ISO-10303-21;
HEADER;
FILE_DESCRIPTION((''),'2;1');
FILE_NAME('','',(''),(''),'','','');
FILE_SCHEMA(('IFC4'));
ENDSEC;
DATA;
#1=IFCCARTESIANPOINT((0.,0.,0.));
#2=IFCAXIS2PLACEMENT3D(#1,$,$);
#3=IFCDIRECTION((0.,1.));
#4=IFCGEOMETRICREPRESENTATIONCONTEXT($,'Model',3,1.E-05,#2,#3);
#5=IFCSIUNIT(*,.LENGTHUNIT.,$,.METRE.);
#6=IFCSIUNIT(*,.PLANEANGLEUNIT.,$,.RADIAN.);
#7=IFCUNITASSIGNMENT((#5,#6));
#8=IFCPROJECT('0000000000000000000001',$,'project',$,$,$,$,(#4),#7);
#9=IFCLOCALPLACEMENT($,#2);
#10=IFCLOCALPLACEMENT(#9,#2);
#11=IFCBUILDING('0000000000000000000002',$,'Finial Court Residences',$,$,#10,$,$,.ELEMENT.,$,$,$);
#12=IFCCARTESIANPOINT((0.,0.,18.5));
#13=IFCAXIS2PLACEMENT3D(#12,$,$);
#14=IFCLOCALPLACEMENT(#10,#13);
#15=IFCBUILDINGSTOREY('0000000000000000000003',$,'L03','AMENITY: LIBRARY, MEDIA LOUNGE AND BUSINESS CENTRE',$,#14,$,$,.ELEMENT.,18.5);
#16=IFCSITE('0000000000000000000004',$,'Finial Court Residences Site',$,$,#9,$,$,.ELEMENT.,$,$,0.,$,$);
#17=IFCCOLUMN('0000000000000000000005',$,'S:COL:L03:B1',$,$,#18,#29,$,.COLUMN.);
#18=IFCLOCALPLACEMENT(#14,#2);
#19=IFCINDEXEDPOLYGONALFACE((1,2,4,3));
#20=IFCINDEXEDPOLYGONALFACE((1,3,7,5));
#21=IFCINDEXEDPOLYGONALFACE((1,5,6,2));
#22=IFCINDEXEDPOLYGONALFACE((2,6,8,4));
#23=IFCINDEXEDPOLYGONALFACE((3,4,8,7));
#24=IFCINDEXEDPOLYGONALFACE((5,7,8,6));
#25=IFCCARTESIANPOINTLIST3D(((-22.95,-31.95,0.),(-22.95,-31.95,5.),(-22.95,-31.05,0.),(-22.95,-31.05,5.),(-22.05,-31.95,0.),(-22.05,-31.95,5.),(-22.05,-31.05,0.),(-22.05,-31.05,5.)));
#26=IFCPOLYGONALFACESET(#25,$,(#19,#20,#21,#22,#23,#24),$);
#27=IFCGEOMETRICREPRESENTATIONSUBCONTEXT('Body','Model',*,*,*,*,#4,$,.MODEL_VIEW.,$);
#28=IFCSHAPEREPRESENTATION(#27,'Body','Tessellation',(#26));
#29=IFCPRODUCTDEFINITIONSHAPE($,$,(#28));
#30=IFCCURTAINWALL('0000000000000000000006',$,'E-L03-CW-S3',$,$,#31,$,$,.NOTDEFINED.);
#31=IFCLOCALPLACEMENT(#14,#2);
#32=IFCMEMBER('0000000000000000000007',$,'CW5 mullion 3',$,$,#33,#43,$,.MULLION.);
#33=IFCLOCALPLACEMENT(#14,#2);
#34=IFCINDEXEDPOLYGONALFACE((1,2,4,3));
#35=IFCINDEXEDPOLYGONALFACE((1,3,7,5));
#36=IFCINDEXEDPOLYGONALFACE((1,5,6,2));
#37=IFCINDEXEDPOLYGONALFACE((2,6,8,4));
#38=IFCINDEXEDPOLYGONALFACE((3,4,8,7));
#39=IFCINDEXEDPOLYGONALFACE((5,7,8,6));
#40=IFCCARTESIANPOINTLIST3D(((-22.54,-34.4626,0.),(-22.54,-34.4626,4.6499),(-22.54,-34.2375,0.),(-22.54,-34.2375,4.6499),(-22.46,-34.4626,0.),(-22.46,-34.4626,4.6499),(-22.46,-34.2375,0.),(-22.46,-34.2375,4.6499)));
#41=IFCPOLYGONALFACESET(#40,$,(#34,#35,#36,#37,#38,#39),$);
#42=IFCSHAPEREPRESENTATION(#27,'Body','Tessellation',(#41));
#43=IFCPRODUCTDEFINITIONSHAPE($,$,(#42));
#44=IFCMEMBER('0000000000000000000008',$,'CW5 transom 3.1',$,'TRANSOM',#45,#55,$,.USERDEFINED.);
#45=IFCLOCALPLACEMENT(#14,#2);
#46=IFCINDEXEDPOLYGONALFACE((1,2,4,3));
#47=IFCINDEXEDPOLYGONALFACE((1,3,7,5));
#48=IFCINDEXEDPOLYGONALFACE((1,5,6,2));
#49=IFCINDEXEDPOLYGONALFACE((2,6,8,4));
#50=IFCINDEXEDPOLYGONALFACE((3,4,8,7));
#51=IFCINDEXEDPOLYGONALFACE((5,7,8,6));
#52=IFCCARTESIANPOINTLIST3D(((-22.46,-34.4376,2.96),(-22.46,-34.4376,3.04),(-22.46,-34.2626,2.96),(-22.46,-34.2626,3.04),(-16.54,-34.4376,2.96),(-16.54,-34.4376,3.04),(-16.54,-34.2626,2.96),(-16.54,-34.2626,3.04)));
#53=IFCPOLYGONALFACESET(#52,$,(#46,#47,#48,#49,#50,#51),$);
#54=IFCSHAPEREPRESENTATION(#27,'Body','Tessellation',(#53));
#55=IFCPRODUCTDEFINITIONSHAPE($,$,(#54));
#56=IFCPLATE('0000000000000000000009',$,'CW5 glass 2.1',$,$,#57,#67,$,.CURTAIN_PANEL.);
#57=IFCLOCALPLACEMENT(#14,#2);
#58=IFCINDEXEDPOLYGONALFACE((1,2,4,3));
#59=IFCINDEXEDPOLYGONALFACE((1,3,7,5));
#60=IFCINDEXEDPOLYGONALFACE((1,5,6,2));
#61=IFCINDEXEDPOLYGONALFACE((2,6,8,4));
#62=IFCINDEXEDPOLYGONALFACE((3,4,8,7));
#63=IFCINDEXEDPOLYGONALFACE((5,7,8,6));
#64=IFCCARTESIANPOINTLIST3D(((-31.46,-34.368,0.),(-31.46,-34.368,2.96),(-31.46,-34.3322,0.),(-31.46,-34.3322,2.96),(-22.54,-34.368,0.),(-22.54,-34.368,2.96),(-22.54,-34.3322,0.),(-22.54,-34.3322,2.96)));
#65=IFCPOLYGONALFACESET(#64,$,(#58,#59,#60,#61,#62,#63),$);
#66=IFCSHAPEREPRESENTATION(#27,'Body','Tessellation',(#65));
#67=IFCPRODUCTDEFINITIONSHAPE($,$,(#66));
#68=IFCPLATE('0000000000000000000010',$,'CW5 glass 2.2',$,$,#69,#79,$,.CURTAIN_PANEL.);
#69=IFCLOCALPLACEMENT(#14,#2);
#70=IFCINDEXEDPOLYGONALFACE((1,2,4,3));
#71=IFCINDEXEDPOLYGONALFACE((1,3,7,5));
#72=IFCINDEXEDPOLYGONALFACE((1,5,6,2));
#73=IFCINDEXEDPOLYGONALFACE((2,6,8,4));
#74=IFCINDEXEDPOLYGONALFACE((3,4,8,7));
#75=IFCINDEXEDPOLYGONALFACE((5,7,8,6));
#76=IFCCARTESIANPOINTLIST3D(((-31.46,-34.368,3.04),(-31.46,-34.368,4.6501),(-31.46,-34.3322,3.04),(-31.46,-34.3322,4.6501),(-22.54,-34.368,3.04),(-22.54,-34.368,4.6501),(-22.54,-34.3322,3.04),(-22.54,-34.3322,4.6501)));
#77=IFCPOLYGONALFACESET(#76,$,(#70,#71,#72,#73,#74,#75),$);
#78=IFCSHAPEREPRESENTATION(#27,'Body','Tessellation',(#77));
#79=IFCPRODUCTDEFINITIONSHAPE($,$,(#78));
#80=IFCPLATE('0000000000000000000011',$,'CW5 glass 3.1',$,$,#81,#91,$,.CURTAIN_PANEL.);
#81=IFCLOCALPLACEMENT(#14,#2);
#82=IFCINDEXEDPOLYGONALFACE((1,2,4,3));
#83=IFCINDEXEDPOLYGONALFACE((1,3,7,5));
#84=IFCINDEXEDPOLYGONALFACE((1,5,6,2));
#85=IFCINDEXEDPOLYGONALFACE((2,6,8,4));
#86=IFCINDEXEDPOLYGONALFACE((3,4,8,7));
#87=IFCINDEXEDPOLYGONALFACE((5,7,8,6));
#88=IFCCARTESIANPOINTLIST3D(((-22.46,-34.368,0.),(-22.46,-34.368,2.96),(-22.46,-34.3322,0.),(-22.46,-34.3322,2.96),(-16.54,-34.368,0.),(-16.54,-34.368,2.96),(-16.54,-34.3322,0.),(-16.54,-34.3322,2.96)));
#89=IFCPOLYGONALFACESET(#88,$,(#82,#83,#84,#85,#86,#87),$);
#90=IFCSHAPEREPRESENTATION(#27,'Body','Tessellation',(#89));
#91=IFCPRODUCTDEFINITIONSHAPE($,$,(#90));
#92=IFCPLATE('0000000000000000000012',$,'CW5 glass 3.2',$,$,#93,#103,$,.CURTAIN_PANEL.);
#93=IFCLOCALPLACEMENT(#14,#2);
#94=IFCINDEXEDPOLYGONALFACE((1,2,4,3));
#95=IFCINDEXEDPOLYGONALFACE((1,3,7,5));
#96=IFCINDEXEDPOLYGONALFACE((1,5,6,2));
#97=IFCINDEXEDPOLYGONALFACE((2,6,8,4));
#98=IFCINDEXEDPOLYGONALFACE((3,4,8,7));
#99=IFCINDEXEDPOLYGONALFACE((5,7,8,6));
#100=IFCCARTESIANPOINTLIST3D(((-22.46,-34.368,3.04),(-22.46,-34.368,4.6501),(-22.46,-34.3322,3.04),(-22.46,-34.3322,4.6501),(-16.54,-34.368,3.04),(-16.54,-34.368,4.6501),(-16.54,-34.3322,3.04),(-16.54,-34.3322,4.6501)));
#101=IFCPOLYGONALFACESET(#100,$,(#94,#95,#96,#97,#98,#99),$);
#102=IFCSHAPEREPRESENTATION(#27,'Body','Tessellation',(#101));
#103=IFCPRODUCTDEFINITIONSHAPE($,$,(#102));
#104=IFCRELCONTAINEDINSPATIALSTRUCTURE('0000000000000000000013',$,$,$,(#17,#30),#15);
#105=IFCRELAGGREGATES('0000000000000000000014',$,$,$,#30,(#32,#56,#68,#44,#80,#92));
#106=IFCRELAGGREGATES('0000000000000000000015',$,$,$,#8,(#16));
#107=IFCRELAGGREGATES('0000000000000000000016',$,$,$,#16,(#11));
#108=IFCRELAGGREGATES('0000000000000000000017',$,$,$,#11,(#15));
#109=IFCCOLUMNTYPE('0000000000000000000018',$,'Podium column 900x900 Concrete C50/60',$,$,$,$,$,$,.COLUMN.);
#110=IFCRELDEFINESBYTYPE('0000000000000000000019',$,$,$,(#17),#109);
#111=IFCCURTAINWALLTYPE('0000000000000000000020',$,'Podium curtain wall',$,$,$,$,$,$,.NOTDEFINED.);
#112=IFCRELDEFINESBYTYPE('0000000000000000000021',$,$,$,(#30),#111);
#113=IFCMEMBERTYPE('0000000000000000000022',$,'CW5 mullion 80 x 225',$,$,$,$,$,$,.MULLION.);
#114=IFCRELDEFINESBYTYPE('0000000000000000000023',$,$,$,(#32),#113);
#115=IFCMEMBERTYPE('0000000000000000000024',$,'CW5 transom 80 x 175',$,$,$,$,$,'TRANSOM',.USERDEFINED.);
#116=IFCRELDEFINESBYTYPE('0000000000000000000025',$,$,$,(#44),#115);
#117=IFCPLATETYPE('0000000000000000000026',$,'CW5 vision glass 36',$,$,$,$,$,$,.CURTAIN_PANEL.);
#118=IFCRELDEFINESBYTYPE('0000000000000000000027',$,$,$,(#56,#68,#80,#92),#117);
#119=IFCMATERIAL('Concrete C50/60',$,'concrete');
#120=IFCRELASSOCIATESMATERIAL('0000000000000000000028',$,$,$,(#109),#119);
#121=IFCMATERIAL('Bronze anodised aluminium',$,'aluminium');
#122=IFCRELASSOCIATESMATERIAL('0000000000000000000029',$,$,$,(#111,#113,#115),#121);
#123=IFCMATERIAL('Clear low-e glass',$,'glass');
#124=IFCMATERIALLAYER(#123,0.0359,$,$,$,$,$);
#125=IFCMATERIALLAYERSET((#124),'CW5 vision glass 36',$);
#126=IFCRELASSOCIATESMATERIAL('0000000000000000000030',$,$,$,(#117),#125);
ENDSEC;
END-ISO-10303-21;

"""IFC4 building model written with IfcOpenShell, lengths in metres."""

from ifc_helpers import new_model, si_unit, direction, frame, origin, origin_2d, place, context, subcontext, project, spatial, rectangle, extrude, material, layer, layer_set, material_profile, profile_set, type_object, element, aggregate, save


model = new_model("IFC4")

# Units and contexts
model_context = context("Model", 3, precision=1e-05, world=origin(), true_north=direction((0.0, 1.0)))
body_context = subcontext(model_context, "Body", "Model", "MODEL_VIEW")
ifc_project = project(units=[si_unit("LENGTHUNIT", "METRE"), si_unit("PLANEANGLEUNIT", "RADIAN")], contexts=[model_context])

# Site, building, storey
site_placement = place(None, origin())
site = spatial("IfcSite", under=ifc_project, at=site_placement, Name="Finial Court Residences Site", CompositionType="ELEMENT", RefElevation=0.0)
building_placement = place(site_placement, origin())
building = spatial("IfcBuilding", under=site, at=building_placement, Name="Finial Court Residences", CompositionType="ELEMENT")
storey_placement = place(building_placement, frame((0.0, 0.0, 18.5)))
storey = spatial("IfcBuildingStorey", under=building, at=storey_placement, Name="L03", Description="AMENITY: LIBRARY, MEDIA LOUNGE AND BUSINESS CENTRE", CompositionType="ELEMENT", Elevation=18.5)

# Column
ifc_material_1 = material(Name="Concrete C50/60", Category="concrete")
ifc_material_profile_1 = material_profile(ifc_material_1, rectangle(XDim=0.8999, YDim=0.8999, at=origin_2d()), Name="900x900")
ifc_profile_set_1 = profile_set([ifc_material_profile_1], Name="Concrete C50/60")
column_type = type_object("IfcColumnType", Name="Podium column 900x900 Concrete C50/60", PredefinedType="COLUMN", material=ifc_profile_set_1)
column_placement = place(storey_placement, frame((-22.5, -31.5, 0.0), z_axis=(0.0, 0.0, 1.0), x_axis=(1.0, 0.0, 0.0)))
element("IfcColumn", 1, at=column_placement, inside=storey, type_object=column_type, Name="S:COL:L03:B1", PredefinedType="COLUMN", context=body_context, shape_type="SweptSolid", body=[
    extrude(rectangle(XDim=0.8999, YDim=0.8999, at=origin_2d()), origin(), (0.0, 0.0, 1.0), 5.0),
])

# Curtain wall, members, plates
ifc_material_2 = material(Name="Bronze anodised aluminium", Category="aluminium")
curtain_wall_type = type_object("IfcCurtainWallType", Name="Podium curtain wall", PredefinedType="NOTDEFINED", material=ifc_material_2)
curtain_wall_placement = place(storey_placement, origin())
curtain_wall = element("IfcCurtainWall", 2, at=curtain_wall_placement, inside=storey, type_object=curtain_wall_type, Name="E-L03-CW-S3", PredefinedType="NOTDEFINED")
ifc_material_profile_2 = material_profile(ifc_material_2, rectangle(XDim=0.2251, YDim=0.0801, at=origin_2d()), Name="CW5 mullion 80 x 225")
ifc_profile_set_2 = profile_set([ifc_material_profile_2], Name="Bronze anodised aluminium")
member_type_1 = type_object("IfcMemberType", Name="CW5 mullion 80 x 225", PredefinedType="MULLION", material=ifc_profile_set_2)
member_1_placement = place(storey_placement, frame((-22.5, -34.3501, 0.0), z_axis=(0.0, 0.0, 1.0), x_axis=(0.0, 1.0, 0.0)))
member_1 = element("IfcMember", 3, at=member_1_placement, type_object=member_type_1, Name="CW5 mullion 3", PredefinedType="MULLION", context=body_context, shape_type="SweptSolid", body=[
    extrude(rectangle(XDim=0.2251, YDim=0.0801, at=origin_2d()), origin(), (0.0, 0.0, 1.0), 4.6499),
])
ifc_material_profile_3 = material_profile(ifc_material_2, rectangle(XDim=0.175, YDim=0.0801, at=origin_2d()), Name="CW5 transom 80 x 175")
ifc_profile_set_3 = profile_set([ifc_material_profile_3], Name="Bronze anodised aluminium")
member_type_2 = type_object("IfcMemberType", Name="CW5 transom 80 x 175", ElementType="TRANSOM", PredefinedType="USERDEFINED", material=ifc_profile_set_3)
member_2_placement = place(storey_placement, frame((-22.46, -34.3501, 3.0), z_axis=(1.0, 0.0, 0.0), x_axis=(0.0, 1.0, 0.0)))
member_2 = element("IfcMember", 4, at=member_2_placement, type_object=member_type_2, Name="CW5 transom 3.1", ObjectType="TRANSOM", PredefinedType="USERDEFINED", context=body_context, shape_type="SweptSolid", body=[
    extrude(rectangle(XDim=0.175, YDim=0.0801, at=origin_2d()), origin(), (0.0, 0.0, 1.0), 5.9199),
])
ifc_material_3 = material(Name="Clear low-e glass", Category="glass")
ifc_layer_1 = layer(ifc_material_3, 0.0359)
ifc_layer_set_1 = layer_set([ifc_layer_1], Name="CW5 vision glass 36")
plate_type = type_object("IfcPlateType", Name="CW5 vision glass 36", PredefinedType="CURTAIN_PANEL", material=ifc_layer_set_1)
plate_1_placement = place(storey_placement, frame((-27.0, -34.3501, 0.0), z_axis=(0.0, 0.0, 1.0), x_axis=(1.0, 0.0, 0.0)))
plate_1 = element("IfcPlate", 5, at=plate_1_placement, type_object=plate_type, Name="CW5 glass 2.1", PredefinedType="CURTAIN_PANEL", context=body_context, shape_type="SweptSolid", body=[
    extrude(rectangle(XDim=8.9199, YDim=0.0359, at=origin_2d()), origin(), (0.0, 0.0, 1.0), 2.96),
])
plate_2_placement = place(storey_placement, frame((-27.0, -34.3501, 3.04), z_axis=(0.0, 0.0, 1.0), x_axis=(1.0, 0.0, 0.0)))
plate_2 = element("IfcPlate", 6, at=plate_2_placement, type_object=plate_type, Name="CW5 glass 2.2", PredefinedType="CURTAIN_PANEL", context=body_context, shape_type="SweptSolid", body=[
    extrude(rectangle(XDim=8.9199, YDim=0.0359, at=origin_2d()), origin(), (0.0, 0.0, 1.0), 1.6101),
])
plate_3_placement = place(storey_placement, frame((-19.5, -34.3501, 0.0), z_axis=(0.0, 0.0, 1.0), x_axis=(1.0, 0.0, 0.0)))
plate_3 = element("IfcPlate", 7, at=plate_3_placement, type_object=plate_type, Name="CW5 glass 3.1", PredefinedType="CURTAIN_PANEL", context=body_context, shape_type="SweptSolid", body=[
    extrude(rectangle(XDim=5.9199, YDim=0.0359, at=origin_2d()), origin(), (0.0, 0.0, 1.0), 2.96),
])
plate_4_placement = place(storey_placement, frame((-19.5, -34.3501, 3.04), z_axis=(0.0, 0.0, 1.0), x_axis=(1.0, 0.0, 0.0)))
plate_4 = element("IfcPlate", 8, at=plate_4_placement, type_object=plate_type, Name="CW5 glass 3.2", PredefinedType="CURTAIN_PANEL", context=body_context, shape_type="SweptSolid", body=[
    extrude(rectangle(XDim=5.9199, YDim=0.0359, at=origin_2d()), origin(), (0.0, 0.0, 1.0), 1.6101),
])
aggregate(curtain_wall, [member_1, plate_1, plate_2, member_2, plate_3, plate_4])

save(model, "model.ifc")
